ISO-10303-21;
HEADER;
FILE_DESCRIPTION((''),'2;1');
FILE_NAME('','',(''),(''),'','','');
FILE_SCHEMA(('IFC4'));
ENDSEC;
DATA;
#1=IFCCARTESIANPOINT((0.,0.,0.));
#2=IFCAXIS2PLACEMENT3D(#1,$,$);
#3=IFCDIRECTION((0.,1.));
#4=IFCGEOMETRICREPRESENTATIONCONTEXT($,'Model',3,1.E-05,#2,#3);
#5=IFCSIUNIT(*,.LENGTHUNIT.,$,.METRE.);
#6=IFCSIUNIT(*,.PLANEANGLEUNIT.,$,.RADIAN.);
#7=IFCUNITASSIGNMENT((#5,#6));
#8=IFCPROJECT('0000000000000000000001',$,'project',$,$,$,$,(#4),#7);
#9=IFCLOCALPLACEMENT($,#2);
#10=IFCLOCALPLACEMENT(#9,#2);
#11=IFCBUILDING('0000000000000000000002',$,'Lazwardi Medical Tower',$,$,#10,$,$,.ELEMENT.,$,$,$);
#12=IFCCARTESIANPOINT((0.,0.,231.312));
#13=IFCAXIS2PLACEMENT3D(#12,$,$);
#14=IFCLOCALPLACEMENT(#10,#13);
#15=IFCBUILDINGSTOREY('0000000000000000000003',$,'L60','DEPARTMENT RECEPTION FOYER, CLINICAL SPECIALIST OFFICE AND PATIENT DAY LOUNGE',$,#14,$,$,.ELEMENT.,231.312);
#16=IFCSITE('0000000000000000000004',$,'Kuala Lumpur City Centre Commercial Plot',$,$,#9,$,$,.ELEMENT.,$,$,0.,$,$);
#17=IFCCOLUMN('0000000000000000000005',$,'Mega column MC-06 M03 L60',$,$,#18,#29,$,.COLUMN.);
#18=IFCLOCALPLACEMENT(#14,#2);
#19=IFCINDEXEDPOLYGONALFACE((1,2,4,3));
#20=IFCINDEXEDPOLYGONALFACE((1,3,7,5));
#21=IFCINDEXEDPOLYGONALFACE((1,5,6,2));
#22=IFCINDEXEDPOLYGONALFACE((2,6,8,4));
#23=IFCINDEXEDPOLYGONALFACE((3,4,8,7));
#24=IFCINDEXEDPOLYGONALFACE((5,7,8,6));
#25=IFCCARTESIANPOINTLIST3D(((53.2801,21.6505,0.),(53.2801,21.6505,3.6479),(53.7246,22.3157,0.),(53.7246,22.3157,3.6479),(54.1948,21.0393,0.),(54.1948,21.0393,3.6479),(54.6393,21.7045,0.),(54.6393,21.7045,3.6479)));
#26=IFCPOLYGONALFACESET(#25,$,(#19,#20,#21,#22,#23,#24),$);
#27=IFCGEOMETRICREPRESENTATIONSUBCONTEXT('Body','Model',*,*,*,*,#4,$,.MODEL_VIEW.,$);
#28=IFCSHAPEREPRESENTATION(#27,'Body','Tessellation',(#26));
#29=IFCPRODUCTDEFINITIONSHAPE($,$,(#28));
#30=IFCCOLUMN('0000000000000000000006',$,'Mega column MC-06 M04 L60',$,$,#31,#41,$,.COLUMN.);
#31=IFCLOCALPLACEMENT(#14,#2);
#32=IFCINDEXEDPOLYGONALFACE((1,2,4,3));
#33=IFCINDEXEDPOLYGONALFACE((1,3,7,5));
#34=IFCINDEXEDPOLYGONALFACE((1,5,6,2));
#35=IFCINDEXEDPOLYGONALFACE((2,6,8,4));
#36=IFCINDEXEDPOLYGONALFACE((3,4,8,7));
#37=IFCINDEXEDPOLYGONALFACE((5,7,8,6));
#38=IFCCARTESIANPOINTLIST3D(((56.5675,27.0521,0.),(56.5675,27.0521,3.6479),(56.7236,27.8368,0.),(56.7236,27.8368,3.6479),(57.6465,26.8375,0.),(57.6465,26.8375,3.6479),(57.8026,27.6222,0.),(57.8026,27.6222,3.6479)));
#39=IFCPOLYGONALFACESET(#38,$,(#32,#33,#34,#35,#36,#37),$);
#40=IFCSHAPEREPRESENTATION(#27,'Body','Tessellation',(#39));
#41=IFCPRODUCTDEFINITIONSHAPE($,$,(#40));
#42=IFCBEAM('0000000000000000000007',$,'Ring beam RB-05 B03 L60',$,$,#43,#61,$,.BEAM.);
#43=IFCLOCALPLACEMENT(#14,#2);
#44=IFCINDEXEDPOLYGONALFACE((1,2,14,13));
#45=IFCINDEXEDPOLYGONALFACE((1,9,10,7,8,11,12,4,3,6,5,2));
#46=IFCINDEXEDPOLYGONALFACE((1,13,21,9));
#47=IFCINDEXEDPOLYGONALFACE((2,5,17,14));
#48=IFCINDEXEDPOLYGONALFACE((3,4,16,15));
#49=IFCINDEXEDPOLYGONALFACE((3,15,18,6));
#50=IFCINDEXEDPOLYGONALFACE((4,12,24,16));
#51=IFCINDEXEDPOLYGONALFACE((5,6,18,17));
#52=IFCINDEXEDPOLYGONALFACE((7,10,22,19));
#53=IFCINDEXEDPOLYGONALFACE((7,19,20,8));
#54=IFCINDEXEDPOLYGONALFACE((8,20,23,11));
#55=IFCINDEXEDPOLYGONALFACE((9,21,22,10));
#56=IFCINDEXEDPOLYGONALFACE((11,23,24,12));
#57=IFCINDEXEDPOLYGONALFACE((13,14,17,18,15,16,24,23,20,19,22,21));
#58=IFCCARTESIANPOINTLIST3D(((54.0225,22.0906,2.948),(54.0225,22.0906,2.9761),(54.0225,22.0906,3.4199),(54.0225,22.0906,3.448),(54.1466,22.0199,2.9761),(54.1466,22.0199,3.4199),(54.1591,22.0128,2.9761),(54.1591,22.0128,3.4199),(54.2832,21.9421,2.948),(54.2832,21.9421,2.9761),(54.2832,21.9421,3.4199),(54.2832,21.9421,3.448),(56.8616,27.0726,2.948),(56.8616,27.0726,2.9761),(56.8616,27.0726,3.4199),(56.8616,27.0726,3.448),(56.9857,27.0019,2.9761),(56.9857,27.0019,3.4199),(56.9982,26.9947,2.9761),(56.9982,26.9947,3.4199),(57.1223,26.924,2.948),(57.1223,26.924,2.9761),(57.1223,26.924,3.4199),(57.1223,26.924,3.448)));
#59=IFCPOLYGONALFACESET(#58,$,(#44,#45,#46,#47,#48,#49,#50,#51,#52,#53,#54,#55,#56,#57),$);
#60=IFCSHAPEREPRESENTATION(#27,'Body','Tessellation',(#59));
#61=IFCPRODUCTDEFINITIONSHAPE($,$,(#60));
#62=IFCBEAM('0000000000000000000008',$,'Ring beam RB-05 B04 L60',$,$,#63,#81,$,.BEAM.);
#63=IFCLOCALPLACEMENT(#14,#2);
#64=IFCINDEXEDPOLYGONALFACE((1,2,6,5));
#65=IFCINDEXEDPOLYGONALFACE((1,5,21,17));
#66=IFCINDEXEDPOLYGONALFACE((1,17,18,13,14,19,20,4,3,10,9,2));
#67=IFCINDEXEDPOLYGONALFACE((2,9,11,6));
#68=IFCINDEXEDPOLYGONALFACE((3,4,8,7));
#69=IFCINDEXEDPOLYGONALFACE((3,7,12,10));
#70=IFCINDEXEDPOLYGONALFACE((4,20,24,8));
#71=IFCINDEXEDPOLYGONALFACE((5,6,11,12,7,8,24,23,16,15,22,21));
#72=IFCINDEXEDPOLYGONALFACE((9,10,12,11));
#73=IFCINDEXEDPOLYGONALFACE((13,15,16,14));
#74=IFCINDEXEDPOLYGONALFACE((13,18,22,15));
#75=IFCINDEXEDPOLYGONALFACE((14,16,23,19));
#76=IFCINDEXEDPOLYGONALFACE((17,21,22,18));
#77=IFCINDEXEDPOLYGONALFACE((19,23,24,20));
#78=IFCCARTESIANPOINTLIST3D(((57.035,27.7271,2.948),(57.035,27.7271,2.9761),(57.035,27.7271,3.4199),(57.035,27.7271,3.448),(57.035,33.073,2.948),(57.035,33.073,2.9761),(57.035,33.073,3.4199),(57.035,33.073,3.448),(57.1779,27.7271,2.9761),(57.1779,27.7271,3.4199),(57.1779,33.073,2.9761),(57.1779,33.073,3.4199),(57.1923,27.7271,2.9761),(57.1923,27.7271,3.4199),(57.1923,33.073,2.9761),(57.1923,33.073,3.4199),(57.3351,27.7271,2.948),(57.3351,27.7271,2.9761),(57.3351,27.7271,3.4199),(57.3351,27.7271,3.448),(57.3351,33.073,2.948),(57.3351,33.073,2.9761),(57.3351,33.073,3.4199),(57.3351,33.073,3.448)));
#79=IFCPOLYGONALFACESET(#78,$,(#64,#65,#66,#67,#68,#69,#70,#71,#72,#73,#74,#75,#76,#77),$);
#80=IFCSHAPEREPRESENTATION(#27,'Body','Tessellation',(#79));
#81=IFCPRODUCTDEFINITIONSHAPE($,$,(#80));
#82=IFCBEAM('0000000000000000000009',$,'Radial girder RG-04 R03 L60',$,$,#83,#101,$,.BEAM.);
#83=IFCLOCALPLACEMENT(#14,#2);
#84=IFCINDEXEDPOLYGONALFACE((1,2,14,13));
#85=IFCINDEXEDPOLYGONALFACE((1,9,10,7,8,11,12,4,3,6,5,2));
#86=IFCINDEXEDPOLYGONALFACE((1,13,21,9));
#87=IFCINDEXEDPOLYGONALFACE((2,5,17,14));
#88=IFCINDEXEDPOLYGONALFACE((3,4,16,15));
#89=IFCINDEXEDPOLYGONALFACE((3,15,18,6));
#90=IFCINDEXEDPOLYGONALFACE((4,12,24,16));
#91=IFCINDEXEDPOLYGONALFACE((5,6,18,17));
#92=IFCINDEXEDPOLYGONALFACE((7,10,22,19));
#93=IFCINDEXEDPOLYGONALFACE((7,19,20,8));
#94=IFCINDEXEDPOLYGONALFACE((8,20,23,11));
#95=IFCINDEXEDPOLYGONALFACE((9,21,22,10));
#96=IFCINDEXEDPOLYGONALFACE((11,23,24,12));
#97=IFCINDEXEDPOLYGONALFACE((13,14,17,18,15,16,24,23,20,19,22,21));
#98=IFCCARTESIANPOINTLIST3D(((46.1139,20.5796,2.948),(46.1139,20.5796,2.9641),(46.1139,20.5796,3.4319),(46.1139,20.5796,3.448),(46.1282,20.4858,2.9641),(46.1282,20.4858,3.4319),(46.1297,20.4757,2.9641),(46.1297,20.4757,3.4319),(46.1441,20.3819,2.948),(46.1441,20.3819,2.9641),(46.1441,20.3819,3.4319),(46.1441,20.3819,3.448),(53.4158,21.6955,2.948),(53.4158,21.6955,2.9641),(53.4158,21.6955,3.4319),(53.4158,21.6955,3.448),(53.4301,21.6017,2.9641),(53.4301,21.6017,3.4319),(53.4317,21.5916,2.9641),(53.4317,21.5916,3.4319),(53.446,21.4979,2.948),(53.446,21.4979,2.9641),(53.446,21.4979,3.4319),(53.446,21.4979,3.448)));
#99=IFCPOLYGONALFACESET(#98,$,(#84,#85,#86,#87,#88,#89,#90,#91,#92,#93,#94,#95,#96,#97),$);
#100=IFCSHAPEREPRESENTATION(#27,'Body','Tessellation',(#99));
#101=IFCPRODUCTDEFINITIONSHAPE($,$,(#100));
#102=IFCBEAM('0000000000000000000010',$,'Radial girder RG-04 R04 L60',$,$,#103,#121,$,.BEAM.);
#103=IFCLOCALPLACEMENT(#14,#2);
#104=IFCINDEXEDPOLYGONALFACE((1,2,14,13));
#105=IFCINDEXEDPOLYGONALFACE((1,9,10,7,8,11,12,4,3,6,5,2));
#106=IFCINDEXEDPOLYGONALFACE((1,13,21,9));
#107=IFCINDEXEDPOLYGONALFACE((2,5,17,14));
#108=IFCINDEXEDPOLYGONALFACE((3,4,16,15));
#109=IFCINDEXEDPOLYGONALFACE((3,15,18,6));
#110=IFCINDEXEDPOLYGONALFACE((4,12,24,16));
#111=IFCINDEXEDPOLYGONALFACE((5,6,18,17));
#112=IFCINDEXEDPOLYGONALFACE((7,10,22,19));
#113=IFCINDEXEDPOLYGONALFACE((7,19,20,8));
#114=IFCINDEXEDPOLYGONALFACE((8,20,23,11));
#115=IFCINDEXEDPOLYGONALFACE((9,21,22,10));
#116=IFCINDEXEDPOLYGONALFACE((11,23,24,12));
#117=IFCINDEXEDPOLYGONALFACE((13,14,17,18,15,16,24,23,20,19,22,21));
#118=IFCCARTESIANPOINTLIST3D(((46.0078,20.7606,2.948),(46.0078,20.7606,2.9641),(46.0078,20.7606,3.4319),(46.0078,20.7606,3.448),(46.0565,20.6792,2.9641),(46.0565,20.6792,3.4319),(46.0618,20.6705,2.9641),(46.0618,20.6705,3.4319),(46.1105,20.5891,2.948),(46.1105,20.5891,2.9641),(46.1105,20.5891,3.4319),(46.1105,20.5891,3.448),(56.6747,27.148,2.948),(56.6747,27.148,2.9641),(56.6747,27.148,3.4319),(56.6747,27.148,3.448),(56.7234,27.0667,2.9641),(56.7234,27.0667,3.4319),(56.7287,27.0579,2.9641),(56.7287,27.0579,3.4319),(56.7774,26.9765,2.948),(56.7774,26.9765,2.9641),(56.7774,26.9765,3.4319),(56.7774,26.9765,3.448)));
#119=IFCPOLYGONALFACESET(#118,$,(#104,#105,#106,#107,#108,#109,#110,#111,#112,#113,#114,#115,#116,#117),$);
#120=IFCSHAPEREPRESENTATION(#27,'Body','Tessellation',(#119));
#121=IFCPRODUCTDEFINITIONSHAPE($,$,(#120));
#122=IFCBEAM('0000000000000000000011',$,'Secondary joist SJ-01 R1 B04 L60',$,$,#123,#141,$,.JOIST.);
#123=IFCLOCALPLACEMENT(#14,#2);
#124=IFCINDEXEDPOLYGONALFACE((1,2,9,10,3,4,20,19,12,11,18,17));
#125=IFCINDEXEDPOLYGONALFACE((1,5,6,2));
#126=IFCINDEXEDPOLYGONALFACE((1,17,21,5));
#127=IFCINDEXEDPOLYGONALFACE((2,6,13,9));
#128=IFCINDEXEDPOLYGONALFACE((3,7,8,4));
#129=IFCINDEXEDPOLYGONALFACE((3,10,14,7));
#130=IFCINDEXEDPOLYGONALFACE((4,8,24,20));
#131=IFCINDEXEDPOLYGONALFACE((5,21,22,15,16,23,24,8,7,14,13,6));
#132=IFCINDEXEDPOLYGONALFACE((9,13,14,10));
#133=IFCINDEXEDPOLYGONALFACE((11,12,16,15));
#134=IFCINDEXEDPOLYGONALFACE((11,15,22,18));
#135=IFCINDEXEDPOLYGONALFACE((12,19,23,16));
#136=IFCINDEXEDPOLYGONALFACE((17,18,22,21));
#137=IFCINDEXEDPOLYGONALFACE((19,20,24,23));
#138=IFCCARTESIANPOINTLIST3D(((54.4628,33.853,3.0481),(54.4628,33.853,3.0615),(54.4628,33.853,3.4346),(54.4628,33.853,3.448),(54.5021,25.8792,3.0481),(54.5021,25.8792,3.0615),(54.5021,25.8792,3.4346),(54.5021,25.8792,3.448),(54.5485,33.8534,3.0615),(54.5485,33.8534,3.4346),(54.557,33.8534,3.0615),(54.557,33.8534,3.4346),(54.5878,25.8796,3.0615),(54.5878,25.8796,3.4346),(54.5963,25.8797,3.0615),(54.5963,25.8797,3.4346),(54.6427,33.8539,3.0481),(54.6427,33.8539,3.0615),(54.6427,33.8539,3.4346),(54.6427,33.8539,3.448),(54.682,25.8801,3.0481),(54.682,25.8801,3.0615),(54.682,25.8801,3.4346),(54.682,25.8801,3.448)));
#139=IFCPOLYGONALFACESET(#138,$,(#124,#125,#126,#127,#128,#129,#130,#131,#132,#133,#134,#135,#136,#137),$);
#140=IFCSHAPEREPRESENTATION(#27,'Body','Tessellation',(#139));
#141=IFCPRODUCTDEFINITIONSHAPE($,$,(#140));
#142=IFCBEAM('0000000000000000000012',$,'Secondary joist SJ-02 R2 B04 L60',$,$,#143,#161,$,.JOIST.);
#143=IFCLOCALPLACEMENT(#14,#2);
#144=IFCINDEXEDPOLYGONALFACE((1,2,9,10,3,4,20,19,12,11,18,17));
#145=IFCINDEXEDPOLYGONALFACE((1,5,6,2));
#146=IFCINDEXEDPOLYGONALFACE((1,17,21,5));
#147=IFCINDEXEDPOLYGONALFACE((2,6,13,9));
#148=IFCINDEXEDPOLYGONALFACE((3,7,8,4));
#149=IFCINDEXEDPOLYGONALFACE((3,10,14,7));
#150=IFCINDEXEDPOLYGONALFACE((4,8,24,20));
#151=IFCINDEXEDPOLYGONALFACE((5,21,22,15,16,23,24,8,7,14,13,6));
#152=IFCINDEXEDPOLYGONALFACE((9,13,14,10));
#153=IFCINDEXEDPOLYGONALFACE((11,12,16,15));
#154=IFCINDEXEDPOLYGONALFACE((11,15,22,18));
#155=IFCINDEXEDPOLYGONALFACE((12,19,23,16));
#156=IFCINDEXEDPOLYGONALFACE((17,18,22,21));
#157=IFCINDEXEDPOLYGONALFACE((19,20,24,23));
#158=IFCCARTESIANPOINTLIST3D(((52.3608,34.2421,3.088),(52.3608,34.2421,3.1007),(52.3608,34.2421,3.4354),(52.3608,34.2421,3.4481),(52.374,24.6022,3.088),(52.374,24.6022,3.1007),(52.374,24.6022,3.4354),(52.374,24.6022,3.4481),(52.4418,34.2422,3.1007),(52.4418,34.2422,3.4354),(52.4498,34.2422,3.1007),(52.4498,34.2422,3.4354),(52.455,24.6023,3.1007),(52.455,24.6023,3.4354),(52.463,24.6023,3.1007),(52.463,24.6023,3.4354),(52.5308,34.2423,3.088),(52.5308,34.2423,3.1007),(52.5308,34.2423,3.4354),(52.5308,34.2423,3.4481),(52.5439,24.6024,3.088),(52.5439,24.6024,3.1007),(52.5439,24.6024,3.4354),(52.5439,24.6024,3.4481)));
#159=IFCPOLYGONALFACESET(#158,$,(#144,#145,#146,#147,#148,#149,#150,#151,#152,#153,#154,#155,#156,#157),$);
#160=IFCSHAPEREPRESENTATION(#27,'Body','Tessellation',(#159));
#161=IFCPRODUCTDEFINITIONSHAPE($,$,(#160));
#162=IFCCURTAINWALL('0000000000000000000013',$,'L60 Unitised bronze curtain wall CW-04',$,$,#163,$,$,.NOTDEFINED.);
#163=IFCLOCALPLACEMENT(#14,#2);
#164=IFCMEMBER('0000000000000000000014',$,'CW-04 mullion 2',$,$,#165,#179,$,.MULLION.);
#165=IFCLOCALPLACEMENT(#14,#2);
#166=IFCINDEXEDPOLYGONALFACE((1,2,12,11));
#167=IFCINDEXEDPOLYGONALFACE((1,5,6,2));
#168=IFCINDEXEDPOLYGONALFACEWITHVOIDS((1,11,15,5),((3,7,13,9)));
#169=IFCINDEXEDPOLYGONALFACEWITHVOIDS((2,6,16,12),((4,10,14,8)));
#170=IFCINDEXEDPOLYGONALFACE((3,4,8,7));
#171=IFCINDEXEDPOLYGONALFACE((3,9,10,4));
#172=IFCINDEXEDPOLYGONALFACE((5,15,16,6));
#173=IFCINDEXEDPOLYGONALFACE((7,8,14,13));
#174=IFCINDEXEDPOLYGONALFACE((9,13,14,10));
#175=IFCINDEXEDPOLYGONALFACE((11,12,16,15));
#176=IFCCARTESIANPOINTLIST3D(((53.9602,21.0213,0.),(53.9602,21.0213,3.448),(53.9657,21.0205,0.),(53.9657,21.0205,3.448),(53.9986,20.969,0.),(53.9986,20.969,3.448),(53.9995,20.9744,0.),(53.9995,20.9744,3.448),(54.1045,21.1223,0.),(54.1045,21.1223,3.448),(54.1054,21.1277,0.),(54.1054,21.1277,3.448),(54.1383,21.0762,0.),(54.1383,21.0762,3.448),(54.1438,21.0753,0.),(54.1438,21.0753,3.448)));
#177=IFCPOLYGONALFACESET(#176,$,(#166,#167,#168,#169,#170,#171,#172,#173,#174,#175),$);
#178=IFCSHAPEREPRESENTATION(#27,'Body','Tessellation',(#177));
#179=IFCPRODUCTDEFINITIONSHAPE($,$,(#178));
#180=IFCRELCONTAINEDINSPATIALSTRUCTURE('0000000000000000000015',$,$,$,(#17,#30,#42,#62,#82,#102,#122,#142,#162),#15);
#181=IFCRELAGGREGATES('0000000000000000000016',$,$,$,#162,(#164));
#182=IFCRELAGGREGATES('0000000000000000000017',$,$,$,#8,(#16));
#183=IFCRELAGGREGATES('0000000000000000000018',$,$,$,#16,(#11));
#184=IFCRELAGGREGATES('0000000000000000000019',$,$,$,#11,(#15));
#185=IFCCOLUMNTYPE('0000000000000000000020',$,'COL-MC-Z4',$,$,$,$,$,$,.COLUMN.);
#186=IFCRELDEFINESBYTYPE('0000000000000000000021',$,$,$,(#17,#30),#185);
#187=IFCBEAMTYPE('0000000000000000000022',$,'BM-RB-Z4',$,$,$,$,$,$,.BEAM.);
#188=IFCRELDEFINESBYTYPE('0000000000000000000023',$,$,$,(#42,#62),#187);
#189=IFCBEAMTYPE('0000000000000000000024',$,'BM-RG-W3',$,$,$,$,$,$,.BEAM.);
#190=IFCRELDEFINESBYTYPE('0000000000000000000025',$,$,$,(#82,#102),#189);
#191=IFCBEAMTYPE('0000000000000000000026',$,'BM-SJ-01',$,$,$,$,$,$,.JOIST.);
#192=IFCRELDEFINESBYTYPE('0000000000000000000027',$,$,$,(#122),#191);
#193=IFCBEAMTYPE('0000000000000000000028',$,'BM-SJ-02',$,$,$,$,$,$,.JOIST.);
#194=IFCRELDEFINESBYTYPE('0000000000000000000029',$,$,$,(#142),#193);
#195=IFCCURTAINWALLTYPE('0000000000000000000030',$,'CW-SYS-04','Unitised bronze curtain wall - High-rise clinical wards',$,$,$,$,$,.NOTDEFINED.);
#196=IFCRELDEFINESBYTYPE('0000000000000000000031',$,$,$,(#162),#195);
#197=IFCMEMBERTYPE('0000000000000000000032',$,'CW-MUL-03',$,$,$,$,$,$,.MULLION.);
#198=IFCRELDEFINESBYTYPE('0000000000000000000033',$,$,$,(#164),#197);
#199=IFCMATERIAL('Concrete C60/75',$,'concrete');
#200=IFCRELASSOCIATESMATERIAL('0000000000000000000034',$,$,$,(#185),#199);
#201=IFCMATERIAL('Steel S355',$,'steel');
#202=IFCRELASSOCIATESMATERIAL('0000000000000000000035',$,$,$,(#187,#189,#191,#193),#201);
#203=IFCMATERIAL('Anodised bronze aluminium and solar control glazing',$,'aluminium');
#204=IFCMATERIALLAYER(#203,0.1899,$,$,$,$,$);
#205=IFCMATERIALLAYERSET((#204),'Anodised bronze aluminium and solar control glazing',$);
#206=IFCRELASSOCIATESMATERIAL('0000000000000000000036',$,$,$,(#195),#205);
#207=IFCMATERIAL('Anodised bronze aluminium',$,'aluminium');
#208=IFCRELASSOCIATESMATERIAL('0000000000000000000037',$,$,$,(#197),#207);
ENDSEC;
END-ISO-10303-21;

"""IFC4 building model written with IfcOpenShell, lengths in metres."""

from ifc_helpers import new_model, si_unit, direction, frame, origin, origin_2d, place, context, subcontext, project, spatial, rectangle, hollow_rectangle, i_section, extrude, material, layer, layer_set, material_profile, profile_set, type_object, element, aggregate, save


model = new_model("IFC4")

# Units and contexts
model_context = context("Model", 3, precision=1e-05, world=origin(), true_north=direction((0.0, 1.0)))
body_context = subcontext(model_context, "Body", "Model", "MODEL_VIEW")
ifc_project = project(units=[si_unit("LENGTHUNIT", "METRE"), si_unit("PLANEANGLEUNIT", "RADIAN")], contexts=[model_context])

# Site, building, storey
site_placement = place(None, origin())
site = spatial("IfcSite", under=ifc_project, at=site_placement, Name="Kuala Lumpur City Centre Commercial Plot", CompositionType="ELEMENT", RefElevation=0.0)
building_placement = place(site_placement, origin())
building = spatial("IfcBuilding", under=site, at=building_placement, Name="Lazwardi Medical Tower", CompositionType="ELEMENT")
storey_placement = place(building_placement, frame((0.0, 0.0, 231.312)))
storey = spatial("IfcBuildingStorey", under=building, at=storey_placement, Name="L60", Description="DEPARTMENT RECEPTION FOYER, CLINICAL SPECIALIST OFFICE AND PATIENT DAY LOUNGE", CompositionType="ELEMENT", Elevation=231.312)

# Columns
ifc_material_1 = material(Name="Concrete C60/75", Category="concrete")
ifc_material_profile_1 = material_profile(ifc_material_1, rectangle(XDim=1.1001, YDim=0.8, at=origin_2d()), Name="CFT-RECT 1100x800")
ifc_profile_set_1 = profile_set([ifc_material_profile_1], Name="Concrete C60/75")
column_type = type_object("IfcColumnType", Name="COL-MC-Z4", PredefinedType="COLUMN", material=ifc_profile_set_1)
for number, where, z_axis, x_axis, name in (
    (1, (53.9597, 21.6775, 0.0), (0.0, 0.0, 1.0), (0.83147, -0.55557, 0.0), "Mega column MC-06 M03 L60"),
    (2, (57.1851, 27.3372, 0.0), (0.0, 0.0, 1.0), (0.980785, -0.19509, 0.0), "Mega column MC-06 M04 L60"),
):
    element("IfcColumn", number, at=place(storey_placement, frame(where, z_axis=z_axis, x_axis=x_axis)), inside=storey, type_object=column_type, Name=name, PredefinedType="COLUMN", context=body_context, shape_type="SweptSolid", body=[
        extrude(rectangle(XDim=1.1001, YDim=0.8, at=origin_2d()), origin(), (0.0, 0.0, 1.0), 3.6479),
    ])

# Beams
ifc_material_2 = material(Name="Steel S355", Category="steel")
ifc_material_profile_2 = material_profile(ifc_material_2, i_section(OverallWidth=0.3, OverallDepth=0.5, WebThickness=0.0144, FlangeThickness=0.0281, at=origin_2d()), Name="HEB 500")
ifc_profile_set_2 = profile_set([ifc_material_profile_2], Name="Steel S355")
beam_type_1 = type_object("IfcBeamType", Name="BM-RB-Z4", PredefinedType="BEAM", material=ifc_profile_set_2)
beam_1_placement = place(storey_placement, frame((54.1528, 22.0164, 3.198), z_axis=(0.495125, 0.868822, 0.0), x_axis=(-0.868822, 0.495125, 0.0)))
element("IfcBeam", 3, at=beam_1_placement, inside=storey, type_object=beam_type_1, Name="Ring beam RB-05 B03 L60", PredefinedType="BEAM", context=body_context, shape_type="SweptSolid", body=[
    extrude(i_section(OverallWidth=0.3, OverallDepth=0.5, WebThickness=0.0144, FlangeThickness=0.0281, at=origin_2d()), origin(), (0.0, 0.0, 1.0), 5.7341),
])
beam_2_placement = place(storey_placement, frame((57.1851, 27.7271, 3.198), z_axis=(0.0, 1.0, 0.0), x_axis=(-1.0, 0.0, 0.0)))
element("IfcBeam", 4, at=beam_2_placement, inside=storey, type_object=beam_type_1, Name="Ring beam RB-05 B04 L60", PredefinedType="BEAM", context=body_context, shape_type="SweptSolid", body=[
    extrude(i_section(OverallWidth=0.3, OverallDepth=0.5, WebThickness=0.0144, FlangeThickness=0.0281, at=origin_2d()), origin(), (0.0, 0.0, 1.0), 5.3459),
])
ifc_material_profile_3 = material_profile(ifc_material_2, i_section(OverallWidth=0.2, OverallDepth=0.5, WebThickness=0.0103, FlangeThickness=0.0161, at=origin_2d()), Name="IPE 500")
ifc_profile_set_3 = profile_set([ifc_material_profile_3], Name="Steel S355")
beam_type_2 = type_object("IfcBeamType", Name="BM-RG-W3", PredefinedType="BEAM", material=ifc_profile_set_3)
beam_3_placement = place(storey_placement, frame((53.4309, 21.5967, 3.198), z_axis=(-0.988522, -0.151076, 0.0), x_axis=(0.151076, -0.988522, 0.0)))
element("IfcBeam", 5, at=beam_3_placement, inside=storey, type_object=beam_type_2, Name="Radial girder RG-04 R03 L60", PredefinedType="BEAM", context=body_context, shape_type="SweptSolid", body=[
    extrude(i_section(OverallWidth=0.2, OverallDepth=0.5, WebThickness=0.0103, FlangeThickness=0.0161, at=origin_2d()), origin(), (0.0, 0.0, 1.0), 7.3867),
])
beam_4_placement = place(storey_placement, frame((56.7261, 27.0623, 3.198), z_axis=(-0.857945, -0.513742, 0.0), x_axis=(0.513742, -0.857945, 0.0)))
element("IfcBeam", 6, at=beam_4_placement, inside=storey, type_object=beam_type_2, Name="Radial girder RG-04 R04 L60", PredefinedType="BEAM", context=body_context, shape_type="SweptSolid", body=[
    extrude(i_section(OverallWidth=0.2, OverallDepth=0.5, WebThickness=0.0103, FlangeThickness=0.0161, at=origin_2d()), origin(), (0.0, 0.0, 1.0), 12.4331),
])
ifc_material_profile_4 = material_profile(ifc_material_2, i_section(OverallWidth=0.1799, OverallDepth=0.3999, WebThickness=0.0085, FlangeThickness=0.0134, at=origin_2d()), Name="IPE 400")
ifc_profile_set_4 = profile_set([ifc_material_profile_4], Name="Steel S355")
beam_type_3 = type_object("IfcBeamType", Name="BM-SJ-01", PredefinedType="JOIST", material=ifc_profile_set_4)
beam_5_placement = place(storey_placement, frame((54.592, 25.8796, 3.248), z_axis=(-0.004929, 0.999988, 0.0), x_axis=(-0.999988, -0.004929, 0.0)))
element("IfcBeam", 7, at=beam_5_placement, inside=storey, type_object=beam_type_3, Name="Secondary joist SJ-01 R1 B04 L60", PredefinedType="JOIST", context=body_context, shape_type="SweptSolid", body=[
    extrude(i_section(OverallWidth=0.1799, OverallDepth=0.3999, WebThickness=0.0085, FlangeThickness=0.0134, at=origin_2d()), origin(), (0.0, 0.0, 1.0), 7.9739),
])
ifc_material_profile_5 = material_profile(ifc_material_2, i_section(OverallWidth=0.1699, OverallDepth=0.3601, WebThickness=0.0081, FlangeThickness=0.0127, at=origin_2d()), Name="IPE 360")
ifc_profile_set_5 = profile_set([ifc_material_profile_5], Name="Steel S355")
beam_type_4 = type_object("IfcBeamType", Name="BM-SJ-02", PredefinedType="JOIST", material=ifc_profile_set_5)
beam_6_placement = place(storey_placement, frame((52.459, 24.6023, 3.2681), z_axis=(-0.001368, 0.999999, 0.0), x_axis=(-0.999999, -0.001368, 0.0)))
element("IfcBeam", 8, at=beam_6_placement, inside=storey, type_object=beam_type_4, Name="Secondary joist SJ-02 R2 B04 L60", PredefinedType="JOIST", context=body_context, shape_type="SweptSolid", body=[
    extrude(i_section(OverallWidth=0.1699, OverallDepth=0.3601, WebThickness=0.0081, FlangeThickness=0.0127, at=origin_2d()), origin(), (0.0, 0.0, 1.0), 9.6399),
])

# Curtain wall, member
ifc_material_3 = material(Name="Anodised bronze aluminium and solar control glazing", Category="aluminium")
ifc_layer_1 = layer(ifc_material_3, 0.1899)
ifc_layer_set_1 = layer_set([ifc_layer_1], Name="Anodised bronze aluminium and solar control glazing")
curtain_wall_type = type_object("IfcCurtainWallType", Name="CW-SYS-04", Description="Unitised bronze curtain wall - High-rise clinical wards", PredefinedType="NOTDEFINED", material=ifc_layer_set_1)
curtain_wall_1_placement = place(storey_placement, origin())
curtain_wall_1 = element("IfcCurtainWall", 9, at=curtain_wall_1_placement, inside=storey, type_object=curtain_wall_type, Name="L60 Unitised bronze curtain wall CW-04", PredefinedType="NOTDEFINED")
ifc_material_4 = material(Name="Anodised bronze aluminium", Category="aluminium")
ifc_material_profile_6 = material_profile(ifc_material_4, hollow_rectangle(XDim=0.0649, YDim=0.1799, WallThickness=0.0039, at=origin_2d()), Name="ALU-MULLION 180x65x4")
ifc_profile_set_6 = profile_set([ifc_material_profile_6], Name="Anodised bronze aluminium")
member_type_1 = type_object("IfcMemberType", Name="CW-MUL-03", PredefinedType="MULLION", material=ifc_profile_set_6)
member_1_placement = place(storey_placement, frame((54.052, 21.0483, 0.0), z_axis=(0.0, 0.0, 1.0), x_axis=(-0.591268, 0.806475, 0.0)))
member_1 = element("IfcMember", 10, at=member_1_placement, type_object=member_type_1, Name="CW-04 mullion 2", PredefinedType="MULLION", context=body_context, shape_type="SweptSolid", body=[
    extrude(hollow_rectangle(XDim=0.0649, YDim=0.1799, WallThickness=0.0039, at=origin_2d()), origin(), (0.0, 0.0, 1.0), 3.448),
])
aggregate(curtain_wall_1, [member_1])

save(model, "model.ifc")
